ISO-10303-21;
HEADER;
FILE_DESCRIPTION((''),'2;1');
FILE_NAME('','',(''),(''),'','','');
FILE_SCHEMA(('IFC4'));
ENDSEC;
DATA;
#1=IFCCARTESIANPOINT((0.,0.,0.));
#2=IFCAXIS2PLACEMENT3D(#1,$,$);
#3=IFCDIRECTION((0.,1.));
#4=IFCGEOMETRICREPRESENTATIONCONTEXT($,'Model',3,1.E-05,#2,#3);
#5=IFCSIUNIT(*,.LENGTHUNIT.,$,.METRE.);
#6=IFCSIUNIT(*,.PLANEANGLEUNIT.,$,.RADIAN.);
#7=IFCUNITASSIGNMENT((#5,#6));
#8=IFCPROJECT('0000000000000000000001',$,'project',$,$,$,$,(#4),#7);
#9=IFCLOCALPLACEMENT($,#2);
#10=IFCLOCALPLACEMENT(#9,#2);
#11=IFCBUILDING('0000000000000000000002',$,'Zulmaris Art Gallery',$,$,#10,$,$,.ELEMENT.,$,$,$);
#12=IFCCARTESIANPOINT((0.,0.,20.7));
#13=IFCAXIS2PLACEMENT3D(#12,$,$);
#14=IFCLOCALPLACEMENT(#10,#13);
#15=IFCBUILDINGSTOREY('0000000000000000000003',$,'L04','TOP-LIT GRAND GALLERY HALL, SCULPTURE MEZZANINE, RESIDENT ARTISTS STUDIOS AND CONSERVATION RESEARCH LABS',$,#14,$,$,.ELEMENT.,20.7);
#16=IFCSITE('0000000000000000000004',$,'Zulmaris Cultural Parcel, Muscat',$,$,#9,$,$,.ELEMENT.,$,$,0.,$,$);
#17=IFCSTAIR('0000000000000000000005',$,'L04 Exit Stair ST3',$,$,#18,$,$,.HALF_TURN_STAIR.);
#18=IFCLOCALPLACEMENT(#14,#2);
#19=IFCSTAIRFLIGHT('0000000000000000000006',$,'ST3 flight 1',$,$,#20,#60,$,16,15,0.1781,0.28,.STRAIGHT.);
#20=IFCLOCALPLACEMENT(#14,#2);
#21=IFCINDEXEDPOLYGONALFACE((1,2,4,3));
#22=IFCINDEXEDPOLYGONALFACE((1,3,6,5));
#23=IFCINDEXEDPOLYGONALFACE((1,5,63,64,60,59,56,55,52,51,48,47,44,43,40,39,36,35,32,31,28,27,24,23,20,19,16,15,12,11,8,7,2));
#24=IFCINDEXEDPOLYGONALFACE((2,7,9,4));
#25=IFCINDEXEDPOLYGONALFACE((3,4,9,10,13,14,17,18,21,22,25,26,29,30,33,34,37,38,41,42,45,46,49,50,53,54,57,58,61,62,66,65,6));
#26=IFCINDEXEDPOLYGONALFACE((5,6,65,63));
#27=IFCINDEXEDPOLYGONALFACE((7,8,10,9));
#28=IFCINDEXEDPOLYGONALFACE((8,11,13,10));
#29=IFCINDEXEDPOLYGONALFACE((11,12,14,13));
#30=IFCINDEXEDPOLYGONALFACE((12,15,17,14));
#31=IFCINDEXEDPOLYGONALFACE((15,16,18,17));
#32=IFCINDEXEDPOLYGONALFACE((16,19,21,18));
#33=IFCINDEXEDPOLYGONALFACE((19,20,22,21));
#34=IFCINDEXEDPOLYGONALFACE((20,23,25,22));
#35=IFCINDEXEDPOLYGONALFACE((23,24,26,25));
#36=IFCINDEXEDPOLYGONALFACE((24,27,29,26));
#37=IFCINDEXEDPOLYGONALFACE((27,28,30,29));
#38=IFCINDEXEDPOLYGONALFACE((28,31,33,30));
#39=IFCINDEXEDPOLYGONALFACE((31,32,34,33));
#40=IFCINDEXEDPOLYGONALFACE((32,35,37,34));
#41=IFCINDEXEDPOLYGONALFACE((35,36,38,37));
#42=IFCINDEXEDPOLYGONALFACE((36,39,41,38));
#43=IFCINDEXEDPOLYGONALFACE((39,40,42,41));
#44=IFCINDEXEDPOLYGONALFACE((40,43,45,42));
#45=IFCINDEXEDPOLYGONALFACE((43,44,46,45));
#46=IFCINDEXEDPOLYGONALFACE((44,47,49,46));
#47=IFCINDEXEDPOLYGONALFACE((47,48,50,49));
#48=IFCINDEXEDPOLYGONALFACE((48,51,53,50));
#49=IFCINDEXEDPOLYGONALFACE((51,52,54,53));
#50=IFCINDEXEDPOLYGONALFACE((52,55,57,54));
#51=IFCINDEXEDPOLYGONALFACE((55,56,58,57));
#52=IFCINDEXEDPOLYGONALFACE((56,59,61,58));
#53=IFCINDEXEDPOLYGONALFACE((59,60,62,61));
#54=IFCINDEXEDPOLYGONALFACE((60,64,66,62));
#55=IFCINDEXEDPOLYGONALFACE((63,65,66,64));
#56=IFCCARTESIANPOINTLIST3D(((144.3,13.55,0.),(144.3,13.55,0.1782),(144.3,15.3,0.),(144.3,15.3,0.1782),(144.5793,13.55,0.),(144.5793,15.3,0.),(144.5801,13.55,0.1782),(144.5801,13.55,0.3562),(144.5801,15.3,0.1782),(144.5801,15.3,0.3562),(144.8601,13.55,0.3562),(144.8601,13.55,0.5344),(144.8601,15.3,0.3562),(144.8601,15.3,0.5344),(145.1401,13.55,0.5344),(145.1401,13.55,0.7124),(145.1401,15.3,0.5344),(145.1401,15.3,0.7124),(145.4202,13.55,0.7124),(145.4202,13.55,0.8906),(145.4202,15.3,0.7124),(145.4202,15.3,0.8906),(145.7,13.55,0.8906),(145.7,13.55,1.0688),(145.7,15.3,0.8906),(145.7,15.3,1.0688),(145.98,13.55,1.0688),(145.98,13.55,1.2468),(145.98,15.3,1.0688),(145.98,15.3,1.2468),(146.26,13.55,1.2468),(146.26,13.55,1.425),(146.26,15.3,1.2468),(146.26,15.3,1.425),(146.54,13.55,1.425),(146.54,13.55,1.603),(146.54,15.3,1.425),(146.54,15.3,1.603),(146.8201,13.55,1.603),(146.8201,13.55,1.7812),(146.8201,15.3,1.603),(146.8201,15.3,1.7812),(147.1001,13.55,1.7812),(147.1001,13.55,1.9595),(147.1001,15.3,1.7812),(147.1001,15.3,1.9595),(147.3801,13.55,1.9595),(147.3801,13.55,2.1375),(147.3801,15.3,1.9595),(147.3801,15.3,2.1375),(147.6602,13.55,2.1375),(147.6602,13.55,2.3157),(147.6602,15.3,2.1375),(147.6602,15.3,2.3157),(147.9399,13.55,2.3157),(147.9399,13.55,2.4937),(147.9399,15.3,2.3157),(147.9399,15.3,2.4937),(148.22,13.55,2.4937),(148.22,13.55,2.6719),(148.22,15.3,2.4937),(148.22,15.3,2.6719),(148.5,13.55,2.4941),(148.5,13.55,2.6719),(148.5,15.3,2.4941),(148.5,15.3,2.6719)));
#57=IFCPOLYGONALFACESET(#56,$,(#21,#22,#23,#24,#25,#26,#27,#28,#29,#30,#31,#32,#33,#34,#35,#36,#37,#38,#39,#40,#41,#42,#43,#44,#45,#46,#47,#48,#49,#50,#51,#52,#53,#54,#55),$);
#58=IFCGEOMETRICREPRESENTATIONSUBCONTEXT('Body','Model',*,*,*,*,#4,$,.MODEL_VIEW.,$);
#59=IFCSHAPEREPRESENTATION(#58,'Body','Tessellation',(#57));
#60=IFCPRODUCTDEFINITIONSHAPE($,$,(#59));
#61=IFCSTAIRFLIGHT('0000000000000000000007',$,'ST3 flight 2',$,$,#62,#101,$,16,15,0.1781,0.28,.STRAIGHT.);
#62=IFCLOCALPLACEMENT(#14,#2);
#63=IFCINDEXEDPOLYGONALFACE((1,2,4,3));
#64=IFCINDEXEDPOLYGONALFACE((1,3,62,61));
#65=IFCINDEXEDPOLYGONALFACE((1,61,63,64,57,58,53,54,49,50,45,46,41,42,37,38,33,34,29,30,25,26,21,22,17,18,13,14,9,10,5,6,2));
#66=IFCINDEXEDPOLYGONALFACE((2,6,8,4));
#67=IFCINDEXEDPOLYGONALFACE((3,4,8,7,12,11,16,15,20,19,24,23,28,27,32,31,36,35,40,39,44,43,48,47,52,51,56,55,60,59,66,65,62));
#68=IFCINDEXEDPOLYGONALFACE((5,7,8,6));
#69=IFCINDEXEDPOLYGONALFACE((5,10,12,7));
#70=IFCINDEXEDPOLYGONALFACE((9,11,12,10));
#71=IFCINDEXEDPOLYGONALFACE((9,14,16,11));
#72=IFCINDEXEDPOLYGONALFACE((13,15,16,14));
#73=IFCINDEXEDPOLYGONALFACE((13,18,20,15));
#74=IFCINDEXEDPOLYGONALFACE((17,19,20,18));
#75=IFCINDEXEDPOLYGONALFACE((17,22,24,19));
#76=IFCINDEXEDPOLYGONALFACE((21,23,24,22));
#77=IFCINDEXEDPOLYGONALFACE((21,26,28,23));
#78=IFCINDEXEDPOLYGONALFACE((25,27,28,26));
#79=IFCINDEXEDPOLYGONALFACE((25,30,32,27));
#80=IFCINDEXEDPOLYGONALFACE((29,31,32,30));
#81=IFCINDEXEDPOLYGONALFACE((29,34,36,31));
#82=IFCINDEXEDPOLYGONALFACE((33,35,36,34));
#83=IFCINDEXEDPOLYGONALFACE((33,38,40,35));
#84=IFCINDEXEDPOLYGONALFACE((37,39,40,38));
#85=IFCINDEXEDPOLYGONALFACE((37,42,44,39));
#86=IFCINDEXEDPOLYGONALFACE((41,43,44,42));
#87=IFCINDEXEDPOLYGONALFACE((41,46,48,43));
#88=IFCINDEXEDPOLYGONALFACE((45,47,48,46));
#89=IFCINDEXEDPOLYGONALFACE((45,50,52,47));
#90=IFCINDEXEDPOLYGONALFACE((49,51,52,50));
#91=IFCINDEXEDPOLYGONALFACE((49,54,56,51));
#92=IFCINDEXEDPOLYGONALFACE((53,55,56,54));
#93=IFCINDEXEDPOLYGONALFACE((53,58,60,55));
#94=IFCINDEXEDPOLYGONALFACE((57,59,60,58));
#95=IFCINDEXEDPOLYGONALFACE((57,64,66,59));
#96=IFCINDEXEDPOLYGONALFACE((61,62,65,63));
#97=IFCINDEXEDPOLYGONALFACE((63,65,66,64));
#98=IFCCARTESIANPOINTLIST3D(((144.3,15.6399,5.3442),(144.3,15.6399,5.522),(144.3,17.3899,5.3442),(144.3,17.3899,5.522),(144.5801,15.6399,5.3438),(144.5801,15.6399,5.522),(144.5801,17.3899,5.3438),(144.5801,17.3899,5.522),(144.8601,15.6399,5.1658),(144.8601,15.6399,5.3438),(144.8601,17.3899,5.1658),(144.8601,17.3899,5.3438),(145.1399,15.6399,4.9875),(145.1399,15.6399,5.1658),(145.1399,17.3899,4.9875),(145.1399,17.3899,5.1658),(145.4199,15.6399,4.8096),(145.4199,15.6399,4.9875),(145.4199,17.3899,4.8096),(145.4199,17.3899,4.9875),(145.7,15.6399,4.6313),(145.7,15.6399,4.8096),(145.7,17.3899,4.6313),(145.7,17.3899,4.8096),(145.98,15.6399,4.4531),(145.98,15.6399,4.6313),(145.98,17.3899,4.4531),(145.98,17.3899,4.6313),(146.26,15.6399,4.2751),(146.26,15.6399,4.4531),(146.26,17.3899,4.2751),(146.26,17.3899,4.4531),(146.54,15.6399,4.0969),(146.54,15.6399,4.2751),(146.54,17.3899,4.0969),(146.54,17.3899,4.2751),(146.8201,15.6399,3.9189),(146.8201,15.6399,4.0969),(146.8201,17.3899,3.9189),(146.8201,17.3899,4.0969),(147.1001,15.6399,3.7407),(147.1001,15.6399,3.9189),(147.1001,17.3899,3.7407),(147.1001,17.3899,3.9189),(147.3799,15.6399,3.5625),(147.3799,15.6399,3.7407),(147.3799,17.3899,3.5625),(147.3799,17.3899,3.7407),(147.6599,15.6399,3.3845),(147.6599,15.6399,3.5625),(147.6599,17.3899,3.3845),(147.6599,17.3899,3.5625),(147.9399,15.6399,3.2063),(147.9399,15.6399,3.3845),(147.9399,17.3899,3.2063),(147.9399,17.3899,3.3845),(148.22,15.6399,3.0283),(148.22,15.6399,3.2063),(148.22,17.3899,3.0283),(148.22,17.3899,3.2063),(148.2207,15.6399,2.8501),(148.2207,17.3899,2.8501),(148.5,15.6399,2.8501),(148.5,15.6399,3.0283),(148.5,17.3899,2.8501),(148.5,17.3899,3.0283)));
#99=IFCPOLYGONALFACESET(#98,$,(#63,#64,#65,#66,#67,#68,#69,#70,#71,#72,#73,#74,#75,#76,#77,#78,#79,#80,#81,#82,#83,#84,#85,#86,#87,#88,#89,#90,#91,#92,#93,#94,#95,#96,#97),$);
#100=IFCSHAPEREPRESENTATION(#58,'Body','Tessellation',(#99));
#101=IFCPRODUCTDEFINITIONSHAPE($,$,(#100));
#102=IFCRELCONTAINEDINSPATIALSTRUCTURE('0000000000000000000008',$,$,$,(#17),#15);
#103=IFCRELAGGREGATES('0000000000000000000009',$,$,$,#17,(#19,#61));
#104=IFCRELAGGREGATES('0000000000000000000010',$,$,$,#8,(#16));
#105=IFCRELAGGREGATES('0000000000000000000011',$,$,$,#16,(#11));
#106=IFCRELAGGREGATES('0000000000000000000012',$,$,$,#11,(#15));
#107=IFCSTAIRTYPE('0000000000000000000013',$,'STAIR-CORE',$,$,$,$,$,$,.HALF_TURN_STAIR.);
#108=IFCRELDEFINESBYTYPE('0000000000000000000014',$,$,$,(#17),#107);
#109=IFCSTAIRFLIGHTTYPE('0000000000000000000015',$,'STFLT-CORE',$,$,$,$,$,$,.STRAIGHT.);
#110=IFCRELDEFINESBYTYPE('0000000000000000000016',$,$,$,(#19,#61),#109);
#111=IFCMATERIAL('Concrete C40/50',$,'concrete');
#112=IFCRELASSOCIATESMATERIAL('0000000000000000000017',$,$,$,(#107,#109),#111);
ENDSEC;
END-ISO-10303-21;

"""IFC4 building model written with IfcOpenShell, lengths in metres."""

from ifc_helpers import new_model, si_unit, direction, frame, origin, place, context, subcontext, project, spatial, polyline, outline, extrude, material, type_object, element, aggregate, save


model = new_model("IFC4")

# Units and contexts
model_context = context("Model", 3, precision=1e-05, world=origin(), true_north=direction((0.0, 1.0)))
body_context = subcontext(model_context, "Body", "Model", "MODEL_VIEW")
ifc_project = project(units=[si_unit("LENGTHUNIT", "METRE"), si_unit("PLANEANGLEUNIT", "RADIAN")], contexts=[model_context])

# Site, building, storey
site_placement = place(None, origin())
site = spatial("IfcSite", under=ifc_project, at=site_placement, Name="Zulmaris Cultural Parcel, Muscat", CompositionType="ELEMENT", RefElevation=0.0)
building_placement = place(site_placement, origin())
building = spatial("IfcBuilding", under=site, at=building_placement, Name="Zulmaris Art Gallery", CompositionType="ELEMENT")
storey_placement = place(building_placement, frame((0.0, 0.0, 20.7)))
storey = spatial("IfcBuildingStorey", under=building, at=storey_placement, Name="L04", Description="TOP-LIT GRAND GALLERY HALL, SCULPTURE MEZZANINE, RESIDENT ARTISTS STUDIOS AND CONSERVATION RESEARCH LABS", CompositionType="ELEMENT", Elevation=20.7)

# Shared definitions
ifc_material_1 = material(Name="Concrete C40/50", Category="concrete")

# Stair, stair flights
stair_type = type_object("IfcStairType", Name="STAIR-CORE", PredefinedType="HALF_TURN_STAIR", material=ifc_material_1)
stair_placement = place(storey_placement, origin())
stair = element("IfcStair", 1, at=stair_placement, inside=storey, type_object=stair_type, Name="L04 Exit Stair ST3", PredefinedType="HALF_TURN_STAIR")
stair_flight_type = type_object("IfcStairFlightType", Name="STFLT-CORE", PredefinedType="STRAIGHT", material=ifc_material_1)
stair_flight_1_placement = place(storey_placement, frame((144.3, 14.425, 0.0), z_axis=(0.0, 0.0, 1.0), x_axis=(1.0, 0.0, 0.0)))
stair_flight_1 = element("IfcStairFlight", 2, at=stair_flight_1_placement, type_object=stair_flight_type, Name="ST3 flight 1", NumberOfRisers=16, NumberOfTreads=15, PredefinedType="STRAIGHT", RiserHeight=0.1781, TreadLength=0.28, context=body_context, shape_type="SweptSolid", body=[
    extrude(outline(polyline([(0.0, 0.0), (0.0, 0.1782), (0.28, 0.1782), (0.28, 0.3562), (0.5601, 0.3562), (0.5601, 0.5344), (0.8401, 0.5344), (0.8401, 0.7124), (1.1201, 0.7124), (1.1201, 0.8906), (1.3999, 0.8906), (1.3999, 1.0688), (1.6799, 1.0688), (1.6799, 1.2468), (1.96, 1.2468), (1.96, 1.425), (2.24, 1.425), (2.24, 1.603), (2.52, 1.603), (2.52, 1.7812), (2.8, 1.7812), (2.8, 1.9595), (3.0801, 1.9595), (3.0801, 2.1375), (3.3601, 2.1375), (3.3601, 2.3157), (3.6399, 2.3157), (3.6399, 2.4937), (3.9199, 2.4937), (3.9199, 2.6719), (4.2, 2.6719), (4.2, 2.8501), (4.2, 2.4941), (0.2793, 0.0), (0.0, 0.0)])), frame((0.0, 0.875, 0.0), z_axis=(0.0, -1.0, 0.0), x_axis=(1.0, 0.0, 0.0)), (0.0, 0.0, 1.0), 1.75),
])
stair_flight_2_placement = place(storey_placement, frame((148.5, 16.5149, 2.8501), z_axis=(0.0, 0.0, 1.0), x_axis=(-1.0, 0.0, 0.0)))
stair_flight_2 = element("IfcStairFlight", 3, at=stair_flight_2_placement, type_object=stair_flight_type, Name="ST3 flight 2", NumberOfRisers=16, NumberOfTreads=15, PredefinedType="STRAIGHT", RiserHeight=0.1781, TreadLength=0.28, context=body_context, shape_type="SweptSolid", body=[
    extrude(outline(polyline([(0.0, 0.0), (0.0, 0.1782), (0.28, 0.1782), (0.28, 0.3562), (0.5601, 0.3562), (0.5601, 0.5344), (0.8401, 0.5344), (0.8401, 0.7124), (1.1201, 0.7124), (1.1201, 0.8906), (1.3999, 0.8906), (1.3999, 1.0688), (1.6799, 1.0688), (1.6799, 1.2468), (1.96, 1.2468), (1.96, 1.425), (2.24, 1.425), (2.24, 1.603), (2.52, 1.603), (2.52, 1.7812), (2.8, 1.7812), (2.8, 1.9595), (3.0801, 1.9595), (3.0801, 2.1375), (3.3601, 2.1375), (3.3601, 2.3157), (3.6399, 2.3157), (3.6399, 2.4937), (3.9199, 2.4937), (3.9199, 2.6719), (4.2, 2.6719), (4.2, 2.8501), (4.2, 2.4941), (0.2793, 0.0), (0.0, 0.0)])), frame((0.0, 0.875, 0.0), z_axis=(0.0, -1.0, 0.0), x_axis=(1.0, 0.0, 0.0)), (0.0, 0.0, 1.0), 1.75),
])
aggregate(stair, [stair_flight_1, stair_flight_2])

save(model, "model.ifc")
